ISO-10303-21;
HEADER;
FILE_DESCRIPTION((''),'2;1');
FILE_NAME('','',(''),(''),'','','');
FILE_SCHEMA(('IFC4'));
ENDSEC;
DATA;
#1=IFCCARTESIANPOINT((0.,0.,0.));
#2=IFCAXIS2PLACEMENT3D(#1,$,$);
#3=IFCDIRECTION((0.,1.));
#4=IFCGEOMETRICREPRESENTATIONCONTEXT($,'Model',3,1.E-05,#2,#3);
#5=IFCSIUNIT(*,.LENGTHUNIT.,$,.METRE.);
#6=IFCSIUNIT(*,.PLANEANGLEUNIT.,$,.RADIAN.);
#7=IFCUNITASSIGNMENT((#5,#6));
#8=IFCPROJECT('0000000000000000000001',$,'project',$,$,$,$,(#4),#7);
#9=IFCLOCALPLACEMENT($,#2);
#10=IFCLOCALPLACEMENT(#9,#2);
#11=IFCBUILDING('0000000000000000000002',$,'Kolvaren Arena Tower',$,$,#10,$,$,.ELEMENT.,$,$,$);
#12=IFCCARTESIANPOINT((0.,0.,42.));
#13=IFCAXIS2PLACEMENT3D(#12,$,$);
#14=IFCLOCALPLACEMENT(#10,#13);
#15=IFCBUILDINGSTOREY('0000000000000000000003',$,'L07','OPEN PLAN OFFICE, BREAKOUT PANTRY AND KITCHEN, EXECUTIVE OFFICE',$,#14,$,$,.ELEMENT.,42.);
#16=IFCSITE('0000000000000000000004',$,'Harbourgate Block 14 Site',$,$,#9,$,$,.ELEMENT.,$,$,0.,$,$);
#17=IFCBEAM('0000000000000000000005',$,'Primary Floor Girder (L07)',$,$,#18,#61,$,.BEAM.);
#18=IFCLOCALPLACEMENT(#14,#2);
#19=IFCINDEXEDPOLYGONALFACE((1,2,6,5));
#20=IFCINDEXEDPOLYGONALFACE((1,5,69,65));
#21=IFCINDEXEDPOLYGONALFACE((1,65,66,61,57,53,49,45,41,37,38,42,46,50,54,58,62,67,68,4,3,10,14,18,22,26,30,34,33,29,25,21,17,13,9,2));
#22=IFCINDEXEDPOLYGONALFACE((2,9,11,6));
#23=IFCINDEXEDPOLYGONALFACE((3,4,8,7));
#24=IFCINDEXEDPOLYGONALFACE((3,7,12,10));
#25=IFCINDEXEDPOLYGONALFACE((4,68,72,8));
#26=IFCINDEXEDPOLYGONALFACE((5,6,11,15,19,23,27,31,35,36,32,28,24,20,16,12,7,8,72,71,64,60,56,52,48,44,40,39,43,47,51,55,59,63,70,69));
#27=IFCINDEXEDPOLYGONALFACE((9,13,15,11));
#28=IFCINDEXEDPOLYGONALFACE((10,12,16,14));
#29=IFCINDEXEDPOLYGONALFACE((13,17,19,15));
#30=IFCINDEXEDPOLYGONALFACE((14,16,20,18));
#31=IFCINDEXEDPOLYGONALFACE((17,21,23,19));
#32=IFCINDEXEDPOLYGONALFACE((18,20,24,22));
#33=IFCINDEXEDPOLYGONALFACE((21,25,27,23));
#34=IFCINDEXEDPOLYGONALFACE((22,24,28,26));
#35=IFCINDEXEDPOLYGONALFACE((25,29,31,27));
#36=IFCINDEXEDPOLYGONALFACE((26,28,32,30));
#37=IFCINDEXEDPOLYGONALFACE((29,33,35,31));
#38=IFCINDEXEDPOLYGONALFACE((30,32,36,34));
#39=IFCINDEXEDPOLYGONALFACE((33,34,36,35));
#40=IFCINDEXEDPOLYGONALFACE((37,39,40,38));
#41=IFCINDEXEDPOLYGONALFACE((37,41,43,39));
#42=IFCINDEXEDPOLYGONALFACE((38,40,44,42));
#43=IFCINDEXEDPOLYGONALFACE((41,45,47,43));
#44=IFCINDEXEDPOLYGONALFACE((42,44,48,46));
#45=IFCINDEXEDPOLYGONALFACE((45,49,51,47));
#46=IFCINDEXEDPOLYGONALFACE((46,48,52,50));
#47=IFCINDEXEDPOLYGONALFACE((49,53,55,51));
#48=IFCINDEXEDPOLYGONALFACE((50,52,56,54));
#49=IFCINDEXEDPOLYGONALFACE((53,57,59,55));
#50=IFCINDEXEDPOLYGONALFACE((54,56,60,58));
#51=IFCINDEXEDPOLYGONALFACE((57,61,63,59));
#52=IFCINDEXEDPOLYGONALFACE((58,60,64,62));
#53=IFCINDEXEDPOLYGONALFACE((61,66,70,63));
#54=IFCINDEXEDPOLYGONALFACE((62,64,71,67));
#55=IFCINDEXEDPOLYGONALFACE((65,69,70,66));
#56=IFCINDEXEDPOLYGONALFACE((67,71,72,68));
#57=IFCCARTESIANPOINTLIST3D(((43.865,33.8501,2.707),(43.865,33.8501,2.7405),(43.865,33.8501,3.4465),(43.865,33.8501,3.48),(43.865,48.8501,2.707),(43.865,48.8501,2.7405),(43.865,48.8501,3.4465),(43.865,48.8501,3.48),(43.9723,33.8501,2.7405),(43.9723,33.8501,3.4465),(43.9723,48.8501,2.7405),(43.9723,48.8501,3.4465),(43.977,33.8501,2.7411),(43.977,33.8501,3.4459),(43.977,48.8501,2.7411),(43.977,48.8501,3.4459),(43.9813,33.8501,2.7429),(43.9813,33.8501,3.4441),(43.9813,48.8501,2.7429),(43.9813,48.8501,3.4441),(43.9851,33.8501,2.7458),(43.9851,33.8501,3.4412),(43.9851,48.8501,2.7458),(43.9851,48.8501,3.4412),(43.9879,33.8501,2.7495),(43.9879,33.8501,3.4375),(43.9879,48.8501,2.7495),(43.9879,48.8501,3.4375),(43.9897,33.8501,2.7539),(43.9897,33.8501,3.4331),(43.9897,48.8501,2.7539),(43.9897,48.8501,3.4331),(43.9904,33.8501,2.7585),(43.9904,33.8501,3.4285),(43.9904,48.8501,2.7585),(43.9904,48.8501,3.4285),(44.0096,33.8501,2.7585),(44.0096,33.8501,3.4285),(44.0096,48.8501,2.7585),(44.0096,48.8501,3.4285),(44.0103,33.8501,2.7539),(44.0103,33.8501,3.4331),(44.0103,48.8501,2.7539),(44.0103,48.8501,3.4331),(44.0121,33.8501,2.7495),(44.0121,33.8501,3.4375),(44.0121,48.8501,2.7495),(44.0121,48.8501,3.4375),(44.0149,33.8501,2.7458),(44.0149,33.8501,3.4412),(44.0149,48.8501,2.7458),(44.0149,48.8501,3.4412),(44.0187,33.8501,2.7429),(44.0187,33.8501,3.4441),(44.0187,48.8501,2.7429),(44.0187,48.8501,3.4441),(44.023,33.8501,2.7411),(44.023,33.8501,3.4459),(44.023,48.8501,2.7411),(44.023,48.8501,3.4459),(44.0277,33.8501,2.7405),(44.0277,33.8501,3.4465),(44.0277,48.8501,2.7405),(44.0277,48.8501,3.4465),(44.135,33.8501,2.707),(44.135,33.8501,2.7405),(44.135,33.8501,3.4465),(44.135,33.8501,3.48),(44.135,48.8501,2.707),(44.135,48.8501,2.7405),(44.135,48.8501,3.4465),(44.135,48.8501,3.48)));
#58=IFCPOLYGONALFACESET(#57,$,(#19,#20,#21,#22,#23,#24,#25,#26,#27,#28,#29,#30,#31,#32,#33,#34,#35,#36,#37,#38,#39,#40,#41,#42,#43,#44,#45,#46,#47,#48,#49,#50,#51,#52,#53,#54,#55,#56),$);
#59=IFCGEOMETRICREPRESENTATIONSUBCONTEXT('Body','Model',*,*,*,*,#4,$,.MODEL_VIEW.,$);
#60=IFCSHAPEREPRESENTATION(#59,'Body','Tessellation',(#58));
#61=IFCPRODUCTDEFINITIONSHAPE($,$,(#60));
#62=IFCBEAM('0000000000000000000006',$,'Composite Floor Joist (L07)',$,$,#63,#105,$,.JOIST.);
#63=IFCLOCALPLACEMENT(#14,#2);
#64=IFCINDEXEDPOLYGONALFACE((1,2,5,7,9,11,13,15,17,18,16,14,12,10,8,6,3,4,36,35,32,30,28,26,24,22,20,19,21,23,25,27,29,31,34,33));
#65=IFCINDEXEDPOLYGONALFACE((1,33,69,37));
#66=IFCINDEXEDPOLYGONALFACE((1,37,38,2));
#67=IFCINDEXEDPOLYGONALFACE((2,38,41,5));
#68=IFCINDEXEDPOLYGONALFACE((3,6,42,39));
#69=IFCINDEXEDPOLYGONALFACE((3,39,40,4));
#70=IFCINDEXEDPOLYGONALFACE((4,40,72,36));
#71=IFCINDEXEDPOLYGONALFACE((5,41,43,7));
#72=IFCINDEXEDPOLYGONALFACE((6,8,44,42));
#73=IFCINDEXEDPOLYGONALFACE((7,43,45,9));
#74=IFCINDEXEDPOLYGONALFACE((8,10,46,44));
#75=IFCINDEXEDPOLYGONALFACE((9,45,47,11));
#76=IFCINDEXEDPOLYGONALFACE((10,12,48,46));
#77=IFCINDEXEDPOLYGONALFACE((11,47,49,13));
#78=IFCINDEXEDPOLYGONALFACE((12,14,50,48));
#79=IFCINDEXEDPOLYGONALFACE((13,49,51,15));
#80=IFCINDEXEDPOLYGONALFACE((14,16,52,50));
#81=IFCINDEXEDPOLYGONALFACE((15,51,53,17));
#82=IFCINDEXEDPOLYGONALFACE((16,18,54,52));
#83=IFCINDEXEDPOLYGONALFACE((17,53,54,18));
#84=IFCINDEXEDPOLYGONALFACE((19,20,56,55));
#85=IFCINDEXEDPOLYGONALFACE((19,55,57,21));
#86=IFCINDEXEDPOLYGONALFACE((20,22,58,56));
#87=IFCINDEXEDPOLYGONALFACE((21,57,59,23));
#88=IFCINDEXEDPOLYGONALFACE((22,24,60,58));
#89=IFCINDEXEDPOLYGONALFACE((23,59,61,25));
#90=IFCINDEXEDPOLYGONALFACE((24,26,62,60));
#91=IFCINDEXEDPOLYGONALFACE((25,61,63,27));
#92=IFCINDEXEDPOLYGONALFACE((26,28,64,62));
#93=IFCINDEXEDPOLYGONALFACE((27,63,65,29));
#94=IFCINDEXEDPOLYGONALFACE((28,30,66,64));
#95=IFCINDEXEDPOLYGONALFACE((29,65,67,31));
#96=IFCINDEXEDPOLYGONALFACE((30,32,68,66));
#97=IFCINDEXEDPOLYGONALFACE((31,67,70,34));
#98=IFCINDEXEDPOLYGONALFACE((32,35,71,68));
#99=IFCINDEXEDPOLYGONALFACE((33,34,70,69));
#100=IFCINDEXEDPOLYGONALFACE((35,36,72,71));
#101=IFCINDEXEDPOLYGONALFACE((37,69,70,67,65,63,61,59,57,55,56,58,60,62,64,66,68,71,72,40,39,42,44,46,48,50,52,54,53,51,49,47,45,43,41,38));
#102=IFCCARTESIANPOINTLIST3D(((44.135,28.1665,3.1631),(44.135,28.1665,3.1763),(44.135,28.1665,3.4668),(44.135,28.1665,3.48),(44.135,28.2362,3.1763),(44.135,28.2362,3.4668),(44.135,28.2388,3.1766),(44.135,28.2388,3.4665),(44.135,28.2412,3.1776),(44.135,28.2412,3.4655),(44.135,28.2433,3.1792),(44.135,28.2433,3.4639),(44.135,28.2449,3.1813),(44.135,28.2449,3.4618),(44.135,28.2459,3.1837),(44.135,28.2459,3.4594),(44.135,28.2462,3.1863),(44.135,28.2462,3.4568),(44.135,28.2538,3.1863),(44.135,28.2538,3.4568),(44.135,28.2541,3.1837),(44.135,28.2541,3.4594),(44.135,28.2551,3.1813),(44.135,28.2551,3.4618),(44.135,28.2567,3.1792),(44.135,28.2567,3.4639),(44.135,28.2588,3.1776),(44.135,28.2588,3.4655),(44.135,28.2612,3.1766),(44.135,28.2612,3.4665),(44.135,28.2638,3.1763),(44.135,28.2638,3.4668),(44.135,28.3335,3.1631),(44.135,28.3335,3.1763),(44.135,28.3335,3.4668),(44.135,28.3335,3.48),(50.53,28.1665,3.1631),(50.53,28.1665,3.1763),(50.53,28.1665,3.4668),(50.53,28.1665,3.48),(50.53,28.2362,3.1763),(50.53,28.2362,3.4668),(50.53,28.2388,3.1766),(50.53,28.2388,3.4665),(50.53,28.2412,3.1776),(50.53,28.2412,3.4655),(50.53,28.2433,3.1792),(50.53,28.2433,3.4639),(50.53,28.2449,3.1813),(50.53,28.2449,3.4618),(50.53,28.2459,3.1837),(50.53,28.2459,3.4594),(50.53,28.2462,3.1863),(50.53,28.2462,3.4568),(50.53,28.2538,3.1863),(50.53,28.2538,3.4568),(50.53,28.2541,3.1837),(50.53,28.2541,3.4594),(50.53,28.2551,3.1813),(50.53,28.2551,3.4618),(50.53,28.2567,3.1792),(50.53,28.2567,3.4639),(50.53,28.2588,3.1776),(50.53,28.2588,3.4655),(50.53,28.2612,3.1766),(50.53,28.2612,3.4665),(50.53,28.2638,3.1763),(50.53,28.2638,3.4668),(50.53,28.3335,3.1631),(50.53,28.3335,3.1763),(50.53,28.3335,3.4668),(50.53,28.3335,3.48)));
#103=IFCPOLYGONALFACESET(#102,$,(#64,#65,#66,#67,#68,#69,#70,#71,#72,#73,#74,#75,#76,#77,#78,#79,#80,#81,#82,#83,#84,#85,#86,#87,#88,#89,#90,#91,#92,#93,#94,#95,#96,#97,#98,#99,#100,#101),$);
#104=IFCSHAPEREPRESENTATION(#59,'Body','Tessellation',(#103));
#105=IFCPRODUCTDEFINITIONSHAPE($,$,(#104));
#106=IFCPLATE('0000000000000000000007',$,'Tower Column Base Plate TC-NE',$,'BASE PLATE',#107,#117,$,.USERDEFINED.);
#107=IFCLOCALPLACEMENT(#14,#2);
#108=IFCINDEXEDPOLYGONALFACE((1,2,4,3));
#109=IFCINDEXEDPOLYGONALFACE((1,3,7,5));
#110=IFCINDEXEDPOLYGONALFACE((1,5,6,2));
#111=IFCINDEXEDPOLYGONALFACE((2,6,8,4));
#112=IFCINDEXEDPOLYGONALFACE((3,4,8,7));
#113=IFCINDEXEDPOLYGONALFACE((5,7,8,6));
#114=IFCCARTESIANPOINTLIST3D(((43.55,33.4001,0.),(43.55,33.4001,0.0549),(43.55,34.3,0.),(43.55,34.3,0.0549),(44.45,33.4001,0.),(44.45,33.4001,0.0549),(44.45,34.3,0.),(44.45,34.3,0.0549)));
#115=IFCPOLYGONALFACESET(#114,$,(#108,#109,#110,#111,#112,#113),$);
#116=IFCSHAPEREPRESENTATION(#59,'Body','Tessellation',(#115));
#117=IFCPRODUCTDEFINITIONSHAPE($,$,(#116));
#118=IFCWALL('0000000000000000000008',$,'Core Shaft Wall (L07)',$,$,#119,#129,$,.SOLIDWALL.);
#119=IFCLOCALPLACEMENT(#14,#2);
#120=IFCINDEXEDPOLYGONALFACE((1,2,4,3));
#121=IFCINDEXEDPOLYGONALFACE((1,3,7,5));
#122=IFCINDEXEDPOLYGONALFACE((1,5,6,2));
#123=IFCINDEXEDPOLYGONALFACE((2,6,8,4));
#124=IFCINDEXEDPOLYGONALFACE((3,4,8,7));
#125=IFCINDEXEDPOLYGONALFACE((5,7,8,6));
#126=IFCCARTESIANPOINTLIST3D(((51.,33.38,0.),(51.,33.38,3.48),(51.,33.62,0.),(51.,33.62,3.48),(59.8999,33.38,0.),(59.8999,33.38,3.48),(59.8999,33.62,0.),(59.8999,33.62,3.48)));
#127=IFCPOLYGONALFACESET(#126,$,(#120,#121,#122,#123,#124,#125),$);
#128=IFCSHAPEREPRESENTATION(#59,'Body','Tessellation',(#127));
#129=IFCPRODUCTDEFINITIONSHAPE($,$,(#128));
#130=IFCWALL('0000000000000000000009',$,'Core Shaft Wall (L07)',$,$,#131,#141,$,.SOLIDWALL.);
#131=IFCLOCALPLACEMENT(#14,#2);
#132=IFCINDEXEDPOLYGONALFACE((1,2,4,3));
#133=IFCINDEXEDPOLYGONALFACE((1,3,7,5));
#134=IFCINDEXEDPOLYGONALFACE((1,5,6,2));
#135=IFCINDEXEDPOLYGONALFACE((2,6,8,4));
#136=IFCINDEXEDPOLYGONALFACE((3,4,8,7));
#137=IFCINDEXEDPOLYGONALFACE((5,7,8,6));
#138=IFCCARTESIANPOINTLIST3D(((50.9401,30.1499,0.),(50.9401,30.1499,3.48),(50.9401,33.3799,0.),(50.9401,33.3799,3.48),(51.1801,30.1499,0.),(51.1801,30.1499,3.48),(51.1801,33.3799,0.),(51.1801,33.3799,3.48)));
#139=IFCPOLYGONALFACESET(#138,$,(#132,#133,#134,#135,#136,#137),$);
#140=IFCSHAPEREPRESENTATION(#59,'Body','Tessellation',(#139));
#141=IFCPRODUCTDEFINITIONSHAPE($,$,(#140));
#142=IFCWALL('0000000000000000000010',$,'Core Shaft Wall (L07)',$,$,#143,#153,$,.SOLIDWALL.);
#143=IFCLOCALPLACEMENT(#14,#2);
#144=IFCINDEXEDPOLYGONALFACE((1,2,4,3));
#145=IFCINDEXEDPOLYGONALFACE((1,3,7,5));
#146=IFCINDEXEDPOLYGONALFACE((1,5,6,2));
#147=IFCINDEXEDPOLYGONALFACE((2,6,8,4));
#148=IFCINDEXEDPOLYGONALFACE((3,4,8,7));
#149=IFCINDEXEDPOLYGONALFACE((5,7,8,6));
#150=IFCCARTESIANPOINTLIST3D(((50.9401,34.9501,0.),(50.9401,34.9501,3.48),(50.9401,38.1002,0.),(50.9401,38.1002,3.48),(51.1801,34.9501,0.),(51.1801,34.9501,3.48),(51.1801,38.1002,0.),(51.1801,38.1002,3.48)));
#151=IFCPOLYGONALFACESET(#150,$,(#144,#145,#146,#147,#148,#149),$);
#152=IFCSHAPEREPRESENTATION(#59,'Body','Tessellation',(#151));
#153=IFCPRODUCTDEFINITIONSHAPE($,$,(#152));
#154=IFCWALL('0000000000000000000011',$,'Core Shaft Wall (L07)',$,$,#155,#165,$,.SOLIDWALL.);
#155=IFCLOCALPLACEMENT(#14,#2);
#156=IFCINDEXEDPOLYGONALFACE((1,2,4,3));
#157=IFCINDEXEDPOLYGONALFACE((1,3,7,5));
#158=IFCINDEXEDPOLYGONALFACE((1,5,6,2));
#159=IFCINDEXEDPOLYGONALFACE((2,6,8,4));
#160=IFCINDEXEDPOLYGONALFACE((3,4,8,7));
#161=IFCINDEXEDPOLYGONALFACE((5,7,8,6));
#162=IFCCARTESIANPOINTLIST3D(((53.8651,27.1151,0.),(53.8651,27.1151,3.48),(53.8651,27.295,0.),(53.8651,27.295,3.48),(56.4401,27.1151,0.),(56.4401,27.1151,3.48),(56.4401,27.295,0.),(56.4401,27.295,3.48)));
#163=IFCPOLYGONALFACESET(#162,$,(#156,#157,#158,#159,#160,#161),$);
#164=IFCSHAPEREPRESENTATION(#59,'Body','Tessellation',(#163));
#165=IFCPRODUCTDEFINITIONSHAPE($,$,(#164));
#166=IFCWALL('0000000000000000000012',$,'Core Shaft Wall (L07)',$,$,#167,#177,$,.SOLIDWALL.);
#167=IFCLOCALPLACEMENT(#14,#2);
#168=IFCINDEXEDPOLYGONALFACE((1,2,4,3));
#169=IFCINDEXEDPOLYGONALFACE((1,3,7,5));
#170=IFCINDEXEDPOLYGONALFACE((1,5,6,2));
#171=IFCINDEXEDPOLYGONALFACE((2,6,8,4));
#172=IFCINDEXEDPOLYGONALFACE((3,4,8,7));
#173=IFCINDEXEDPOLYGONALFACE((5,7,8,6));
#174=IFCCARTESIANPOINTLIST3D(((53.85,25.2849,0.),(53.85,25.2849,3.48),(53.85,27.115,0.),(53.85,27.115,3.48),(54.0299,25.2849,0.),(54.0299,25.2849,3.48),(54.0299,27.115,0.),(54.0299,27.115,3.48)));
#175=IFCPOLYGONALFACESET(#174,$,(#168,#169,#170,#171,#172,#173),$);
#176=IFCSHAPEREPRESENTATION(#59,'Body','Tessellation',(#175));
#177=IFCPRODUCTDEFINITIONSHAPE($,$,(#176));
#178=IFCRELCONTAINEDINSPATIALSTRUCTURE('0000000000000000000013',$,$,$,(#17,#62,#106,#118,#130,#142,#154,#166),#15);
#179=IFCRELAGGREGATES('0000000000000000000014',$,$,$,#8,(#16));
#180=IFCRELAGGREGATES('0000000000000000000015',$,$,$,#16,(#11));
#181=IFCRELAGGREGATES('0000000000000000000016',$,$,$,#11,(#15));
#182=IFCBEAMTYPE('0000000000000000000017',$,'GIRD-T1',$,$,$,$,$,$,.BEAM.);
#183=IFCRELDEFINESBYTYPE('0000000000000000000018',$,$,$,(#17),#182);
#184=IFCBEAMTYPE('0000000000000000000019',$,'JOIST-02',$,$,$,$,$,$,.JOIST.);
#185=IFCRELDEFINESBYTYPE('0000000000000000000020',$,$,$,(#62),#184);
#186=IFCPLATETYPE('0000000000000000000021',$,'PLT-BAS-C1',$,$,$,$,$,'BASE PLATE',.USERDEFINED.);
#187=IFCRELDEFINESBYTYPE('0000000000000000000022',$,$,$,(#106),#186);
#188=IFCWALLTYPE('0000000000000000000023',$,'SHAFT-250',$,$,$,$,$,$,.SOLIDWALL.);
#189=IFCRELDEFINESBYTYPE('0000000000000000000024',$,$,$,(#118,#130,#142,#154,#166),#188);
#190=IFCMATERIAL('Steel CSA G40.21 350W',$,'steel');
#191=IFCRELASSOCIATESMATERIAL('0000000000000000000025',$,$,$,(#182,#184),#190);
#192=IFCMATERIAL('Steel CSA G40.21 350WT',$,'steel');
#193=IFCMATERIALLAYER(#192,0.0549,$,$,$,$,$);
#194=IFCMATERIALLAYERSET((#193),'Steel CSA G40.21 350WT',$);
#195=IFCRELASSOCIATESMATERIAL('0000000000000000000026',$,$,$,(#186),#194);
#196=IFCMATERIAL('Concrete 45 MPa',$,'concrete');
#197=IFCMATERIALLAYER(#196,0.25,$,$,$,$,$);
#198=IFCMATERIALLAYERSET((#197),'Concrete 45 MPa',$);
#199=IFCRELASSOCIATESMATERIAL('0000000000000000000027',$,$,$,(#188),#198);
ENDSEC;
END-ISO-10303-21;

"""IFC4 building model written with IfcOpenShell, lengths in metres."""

from ifc_helpers import new_model, si_unit, direction, frame, frame_2d, origin, origin_2d, place, context, subcontext, project, spatial, rectangle, i_section, extrude, material, layer, layer_set, material_profile, profile_set, type_object, element, save


model = new_model("IFC4")

# Units and contexts
model_context = context("Model", 3, precision=1e-05, world=origin(), true_north=direction((0.0, 1.0)))
body_context = subcontext(model_context, "Body", "Model", "MODEL_VIEW")
ifc_project = project(units=[si_unit("LENGTHUNIT", "METRE"), si_unit("PLANEANGLEUNIT", "RADIAN")], contexts=[model_context])

# Site, building, storey
site_placement = place(None, origin())
site = spatial("IfcSite", under=ifc_project, at=site_placement, Name="Harbourgate Block 14 Site", CompositionType="ELEMENT", RefElevation=0.0)
building_placement = place(site_placement, origin())
building = spatial("IfcBuilding", under=site, at=building_placement, Name="Kolvaren Arena Tower", CompositionType="ELEMENT")
storey_placement = place(building_placement, frame((0.0, 0.0, 42.0)))
storey = spatial("IfcBuildingStorey", under=building, at=storey_placement, Name="L07", Description="OPEN PLAN OFFICE, BREAKOUT PANTRY AND KITCHEN, EXECUTIVE OFFICE", CompositionType="ELEMENT", Elevation=42.0)

# Beams
ifc_material_1 = material(Name="Steel CSA G40.21 350W", Category="steel")
ifc_material_profile_1 = material_profile(ifc_material_1, i_section(OverallWidth=0.27, OverallDepth=0.7729, WebThickness=0.0193, FlangeThickness=0.0334, FilletRadius=0.0181, at=origin_2d()), Name="W760x257")
ifc_profile_set_1 = profile_set([ifc_material_profile_1], Name="Steel CSA G40.21 350W")
beam_type_1 = type_object("IfcBeamType", Name="GIRD-T1", PredefinedType="BEAM", material=ifc_profile_set_1)
beam_1_placement = place(storey_placement, frame((44.0, 33.8501, 3.0935), z_axis=(0.0, 1.0, 0.0), x_axis=(-1.0, 0.0, 0.0)))
element("IfcBeam", 1, at=beam_1_placement, inside=storey, type_object=beam_type_1, Name="Primary Floor Girder (L07)", PredefinedType="BEAM", context=body_context, shape_type="SweptSolid", body=[
    extrude(i_section(OverallWidth=0.27, OverallDepth=0.7729, WebThickness=0.0193, FlangeThickness=0.0334, FilletRadius=0.0181, at=origin_2d()), origin(), (0.0, 0.0, 1.0), 15.0),
])
ifc_material_profile_2 = material_profile(ifc_material_1, i_section(OverallWidth=0.167, OverallDepth=0.3169, WebThickness=0.0076, FlangeThickness=0.0132, FilletRadius=0.01, at=origin_2d()), Name="W310x52")
ifc_profile_set_2 = profile_set([ifc_material_profile_2], Name="Steel CSA G40.21 350W")
beam_type_2 = type_object("IfcBeamType", Name="JOIST-02", PredefinedType="JOIST", material=ifc_profile_set_2)
beam_2_placement = place(storey_placement, frame((44.135, 28.25, 3.3215), z_axis=(1.0, 0.0, 0.0), x_axis=(0.0, 1.0, 0.0)))
element("IfcBeam", 2, at=beam_2_placement, inside=storey, type_object=beam_type_2, Name="Composite Floor Joist (L07)", PredefinedType="JOIST", context=body_context, shape_type="SweptSolid", body=[
    extrude(i_section(OverallWidth=0.167, OverallDepth=0.3169, WebThickness=0.0076, FlangeThickness=0.0132, FilletRadius=0.01, at=origin_2d()), origin(), (0.0, 0.0, 1.0), 6.395),
])

# Plate
ifc_material_2 = material(Name="Steel CSA G40.21 350WT", Category="steel")
ifc_layer_1 = layer(ifc_material_2, 0.0549)
ifc_layer_set_1 = layer_set([ifc_layer_1], Name="Steel CSA G40.21 350WT")
plate_type = type_object("IfcPlateType", Name="PLT-BAS-C1", ElementType="BASE PLATE", PredefinedType="USERDEFINED", material=ifc_layer_set_1)
plate_placement = place(storey_placement, frame((44.0, 33.8501, 0.0), z_axis=(0.0, 0.0, 1.0), x_axis=(1.0, 0.0, 0.0)))
element("IfcPlate", 3, at=plate_placement, inside=storey, type_object=plate_type, Name="Tower Column Base Plate TC-NE", ObjectType="BASE PLATE", PredefinedType="USERDEFINED", context=body_context, shape_type="SweptSolid", body=[
    extrude(rectangle(XDim=0.8999, YDim=0.8999, at=origin_2d()), origin(), (0.0, 0.0, 1.0), 0.0549),
])

# Walls
ifc_material_3 = material(Name="Concrete 45 MPa", Category="concrete")
ifc_layer_2 = layer(ifc_material_3, 0.25)
ifc_layer_set_2 = layer_set([ifc_layer_2], Name="Concrete 45 MPa")
wall_type = type_object("IfcWallType", Name="SHAFT-250", PredefinedType="SOLIDWALL", material=ifc_layer_set_2)
wall_1_placement = place(storey_placement, frame((51.0, 33.5, 0.0), z_axis=(0.0, 0.0, 1.0), x_axis=(1.0, 0.0, 0.0)))
element("IfcWall", 4, at=wall_1_placement, inside=storey, type_object=wall_type, Name="Core Shaft Wall (L07)", PredefinedType="SOLIDWALL", context=body_context, shape_type="SweptSolid", body=[
    extrude(rectangle(XDim=8.8999, YDim=0.24, at=frame_2d((4.45, 0.0))), origin(), (0.0, 0.0, 1.0), 3.48),
])
wall_2_placement = place(storey_placement, frame((51.0601, 30.1499, 0.0), z_axis=(0.0, 0.0, 1.0), x_axis=(0.0, 1.0, 0.0)))
element("IfcWall", 5, at=wall_2_placement, inside=storey, type_object=wall_type, Name="Core Shaft Wall (L07)", PredefinedType="SOLIDWALL", context=body_context, shape_type="SweptSolid", body=[
    extrude(rectangle(XDim=3.23, YDim=0.24, at=frame_2d((1.615, 0.0))), origin(), (0.0, 0.0, 1.0), 3.48),
])
wall_3_placement = place(storey_placement, frame((51.0601, 34.95, 0.0), z_axis=(0.0, 0.0, 1.0), x_axis=(0.0, 1.0, 0.0)))
element("IfcWall", 6, at=wall_3_placement, inside=storey, type_object=wall_type, Name="Core Shaft Wall (L07)", PredefinedType="SOLIDWALL", context=body_context, shape_type="SweptSolid", body=[
    extrude(rectangle(XDim=3.1501, YDim=0.24, at=frame_2d((1.5752, 0.0))), origin(), (0.0, 0.0, 1.0), 3.48),
])
wall_4_placement = place(storey_placement, frame((53.865, 27.2051, 0.0), z_axis=(0.0, 0.0, 1.0), x_axis=(1.0, 0.0, 0.0)))
element("IfcWall", 7, at=wall_4_placement, inside=storey, type_object=wall_type, Name="Core Shaft Wall (L07)", PredefinedType="SOLIDWALL", context=body_context, shape_type="SweptSolid", body=[
    extrude(rectangle(XDim=2.575, YDim=0.1799, at=frame_2d((1.2876, 0.0))), origin(), (0.0, 0.0, 1.0), 3.48),
])
wall_5_placement = place(storey_placement, frame((53.9399, 25.2849, 0.0), z_axis=(0.0, 0.0, 1.0), x_axis=(0.0, 1.0, 0.0)))
element("IfcWall", 8, at=wall_5_placement, inside=storey, type_object=wall_type, Name="Core Shaft Wall (L07)", PredefinedType="SOLIDWALL", context=body_context, shape_type="SweptSolid", body=[
    extrude(rectangle(XDim=1.8301, YDim=0.1799, at=frame_2d((0.915, 0.0))), origin(), (0.0, 0.0, 1.0), 3.48),
])

save(model, "model.ifc")
